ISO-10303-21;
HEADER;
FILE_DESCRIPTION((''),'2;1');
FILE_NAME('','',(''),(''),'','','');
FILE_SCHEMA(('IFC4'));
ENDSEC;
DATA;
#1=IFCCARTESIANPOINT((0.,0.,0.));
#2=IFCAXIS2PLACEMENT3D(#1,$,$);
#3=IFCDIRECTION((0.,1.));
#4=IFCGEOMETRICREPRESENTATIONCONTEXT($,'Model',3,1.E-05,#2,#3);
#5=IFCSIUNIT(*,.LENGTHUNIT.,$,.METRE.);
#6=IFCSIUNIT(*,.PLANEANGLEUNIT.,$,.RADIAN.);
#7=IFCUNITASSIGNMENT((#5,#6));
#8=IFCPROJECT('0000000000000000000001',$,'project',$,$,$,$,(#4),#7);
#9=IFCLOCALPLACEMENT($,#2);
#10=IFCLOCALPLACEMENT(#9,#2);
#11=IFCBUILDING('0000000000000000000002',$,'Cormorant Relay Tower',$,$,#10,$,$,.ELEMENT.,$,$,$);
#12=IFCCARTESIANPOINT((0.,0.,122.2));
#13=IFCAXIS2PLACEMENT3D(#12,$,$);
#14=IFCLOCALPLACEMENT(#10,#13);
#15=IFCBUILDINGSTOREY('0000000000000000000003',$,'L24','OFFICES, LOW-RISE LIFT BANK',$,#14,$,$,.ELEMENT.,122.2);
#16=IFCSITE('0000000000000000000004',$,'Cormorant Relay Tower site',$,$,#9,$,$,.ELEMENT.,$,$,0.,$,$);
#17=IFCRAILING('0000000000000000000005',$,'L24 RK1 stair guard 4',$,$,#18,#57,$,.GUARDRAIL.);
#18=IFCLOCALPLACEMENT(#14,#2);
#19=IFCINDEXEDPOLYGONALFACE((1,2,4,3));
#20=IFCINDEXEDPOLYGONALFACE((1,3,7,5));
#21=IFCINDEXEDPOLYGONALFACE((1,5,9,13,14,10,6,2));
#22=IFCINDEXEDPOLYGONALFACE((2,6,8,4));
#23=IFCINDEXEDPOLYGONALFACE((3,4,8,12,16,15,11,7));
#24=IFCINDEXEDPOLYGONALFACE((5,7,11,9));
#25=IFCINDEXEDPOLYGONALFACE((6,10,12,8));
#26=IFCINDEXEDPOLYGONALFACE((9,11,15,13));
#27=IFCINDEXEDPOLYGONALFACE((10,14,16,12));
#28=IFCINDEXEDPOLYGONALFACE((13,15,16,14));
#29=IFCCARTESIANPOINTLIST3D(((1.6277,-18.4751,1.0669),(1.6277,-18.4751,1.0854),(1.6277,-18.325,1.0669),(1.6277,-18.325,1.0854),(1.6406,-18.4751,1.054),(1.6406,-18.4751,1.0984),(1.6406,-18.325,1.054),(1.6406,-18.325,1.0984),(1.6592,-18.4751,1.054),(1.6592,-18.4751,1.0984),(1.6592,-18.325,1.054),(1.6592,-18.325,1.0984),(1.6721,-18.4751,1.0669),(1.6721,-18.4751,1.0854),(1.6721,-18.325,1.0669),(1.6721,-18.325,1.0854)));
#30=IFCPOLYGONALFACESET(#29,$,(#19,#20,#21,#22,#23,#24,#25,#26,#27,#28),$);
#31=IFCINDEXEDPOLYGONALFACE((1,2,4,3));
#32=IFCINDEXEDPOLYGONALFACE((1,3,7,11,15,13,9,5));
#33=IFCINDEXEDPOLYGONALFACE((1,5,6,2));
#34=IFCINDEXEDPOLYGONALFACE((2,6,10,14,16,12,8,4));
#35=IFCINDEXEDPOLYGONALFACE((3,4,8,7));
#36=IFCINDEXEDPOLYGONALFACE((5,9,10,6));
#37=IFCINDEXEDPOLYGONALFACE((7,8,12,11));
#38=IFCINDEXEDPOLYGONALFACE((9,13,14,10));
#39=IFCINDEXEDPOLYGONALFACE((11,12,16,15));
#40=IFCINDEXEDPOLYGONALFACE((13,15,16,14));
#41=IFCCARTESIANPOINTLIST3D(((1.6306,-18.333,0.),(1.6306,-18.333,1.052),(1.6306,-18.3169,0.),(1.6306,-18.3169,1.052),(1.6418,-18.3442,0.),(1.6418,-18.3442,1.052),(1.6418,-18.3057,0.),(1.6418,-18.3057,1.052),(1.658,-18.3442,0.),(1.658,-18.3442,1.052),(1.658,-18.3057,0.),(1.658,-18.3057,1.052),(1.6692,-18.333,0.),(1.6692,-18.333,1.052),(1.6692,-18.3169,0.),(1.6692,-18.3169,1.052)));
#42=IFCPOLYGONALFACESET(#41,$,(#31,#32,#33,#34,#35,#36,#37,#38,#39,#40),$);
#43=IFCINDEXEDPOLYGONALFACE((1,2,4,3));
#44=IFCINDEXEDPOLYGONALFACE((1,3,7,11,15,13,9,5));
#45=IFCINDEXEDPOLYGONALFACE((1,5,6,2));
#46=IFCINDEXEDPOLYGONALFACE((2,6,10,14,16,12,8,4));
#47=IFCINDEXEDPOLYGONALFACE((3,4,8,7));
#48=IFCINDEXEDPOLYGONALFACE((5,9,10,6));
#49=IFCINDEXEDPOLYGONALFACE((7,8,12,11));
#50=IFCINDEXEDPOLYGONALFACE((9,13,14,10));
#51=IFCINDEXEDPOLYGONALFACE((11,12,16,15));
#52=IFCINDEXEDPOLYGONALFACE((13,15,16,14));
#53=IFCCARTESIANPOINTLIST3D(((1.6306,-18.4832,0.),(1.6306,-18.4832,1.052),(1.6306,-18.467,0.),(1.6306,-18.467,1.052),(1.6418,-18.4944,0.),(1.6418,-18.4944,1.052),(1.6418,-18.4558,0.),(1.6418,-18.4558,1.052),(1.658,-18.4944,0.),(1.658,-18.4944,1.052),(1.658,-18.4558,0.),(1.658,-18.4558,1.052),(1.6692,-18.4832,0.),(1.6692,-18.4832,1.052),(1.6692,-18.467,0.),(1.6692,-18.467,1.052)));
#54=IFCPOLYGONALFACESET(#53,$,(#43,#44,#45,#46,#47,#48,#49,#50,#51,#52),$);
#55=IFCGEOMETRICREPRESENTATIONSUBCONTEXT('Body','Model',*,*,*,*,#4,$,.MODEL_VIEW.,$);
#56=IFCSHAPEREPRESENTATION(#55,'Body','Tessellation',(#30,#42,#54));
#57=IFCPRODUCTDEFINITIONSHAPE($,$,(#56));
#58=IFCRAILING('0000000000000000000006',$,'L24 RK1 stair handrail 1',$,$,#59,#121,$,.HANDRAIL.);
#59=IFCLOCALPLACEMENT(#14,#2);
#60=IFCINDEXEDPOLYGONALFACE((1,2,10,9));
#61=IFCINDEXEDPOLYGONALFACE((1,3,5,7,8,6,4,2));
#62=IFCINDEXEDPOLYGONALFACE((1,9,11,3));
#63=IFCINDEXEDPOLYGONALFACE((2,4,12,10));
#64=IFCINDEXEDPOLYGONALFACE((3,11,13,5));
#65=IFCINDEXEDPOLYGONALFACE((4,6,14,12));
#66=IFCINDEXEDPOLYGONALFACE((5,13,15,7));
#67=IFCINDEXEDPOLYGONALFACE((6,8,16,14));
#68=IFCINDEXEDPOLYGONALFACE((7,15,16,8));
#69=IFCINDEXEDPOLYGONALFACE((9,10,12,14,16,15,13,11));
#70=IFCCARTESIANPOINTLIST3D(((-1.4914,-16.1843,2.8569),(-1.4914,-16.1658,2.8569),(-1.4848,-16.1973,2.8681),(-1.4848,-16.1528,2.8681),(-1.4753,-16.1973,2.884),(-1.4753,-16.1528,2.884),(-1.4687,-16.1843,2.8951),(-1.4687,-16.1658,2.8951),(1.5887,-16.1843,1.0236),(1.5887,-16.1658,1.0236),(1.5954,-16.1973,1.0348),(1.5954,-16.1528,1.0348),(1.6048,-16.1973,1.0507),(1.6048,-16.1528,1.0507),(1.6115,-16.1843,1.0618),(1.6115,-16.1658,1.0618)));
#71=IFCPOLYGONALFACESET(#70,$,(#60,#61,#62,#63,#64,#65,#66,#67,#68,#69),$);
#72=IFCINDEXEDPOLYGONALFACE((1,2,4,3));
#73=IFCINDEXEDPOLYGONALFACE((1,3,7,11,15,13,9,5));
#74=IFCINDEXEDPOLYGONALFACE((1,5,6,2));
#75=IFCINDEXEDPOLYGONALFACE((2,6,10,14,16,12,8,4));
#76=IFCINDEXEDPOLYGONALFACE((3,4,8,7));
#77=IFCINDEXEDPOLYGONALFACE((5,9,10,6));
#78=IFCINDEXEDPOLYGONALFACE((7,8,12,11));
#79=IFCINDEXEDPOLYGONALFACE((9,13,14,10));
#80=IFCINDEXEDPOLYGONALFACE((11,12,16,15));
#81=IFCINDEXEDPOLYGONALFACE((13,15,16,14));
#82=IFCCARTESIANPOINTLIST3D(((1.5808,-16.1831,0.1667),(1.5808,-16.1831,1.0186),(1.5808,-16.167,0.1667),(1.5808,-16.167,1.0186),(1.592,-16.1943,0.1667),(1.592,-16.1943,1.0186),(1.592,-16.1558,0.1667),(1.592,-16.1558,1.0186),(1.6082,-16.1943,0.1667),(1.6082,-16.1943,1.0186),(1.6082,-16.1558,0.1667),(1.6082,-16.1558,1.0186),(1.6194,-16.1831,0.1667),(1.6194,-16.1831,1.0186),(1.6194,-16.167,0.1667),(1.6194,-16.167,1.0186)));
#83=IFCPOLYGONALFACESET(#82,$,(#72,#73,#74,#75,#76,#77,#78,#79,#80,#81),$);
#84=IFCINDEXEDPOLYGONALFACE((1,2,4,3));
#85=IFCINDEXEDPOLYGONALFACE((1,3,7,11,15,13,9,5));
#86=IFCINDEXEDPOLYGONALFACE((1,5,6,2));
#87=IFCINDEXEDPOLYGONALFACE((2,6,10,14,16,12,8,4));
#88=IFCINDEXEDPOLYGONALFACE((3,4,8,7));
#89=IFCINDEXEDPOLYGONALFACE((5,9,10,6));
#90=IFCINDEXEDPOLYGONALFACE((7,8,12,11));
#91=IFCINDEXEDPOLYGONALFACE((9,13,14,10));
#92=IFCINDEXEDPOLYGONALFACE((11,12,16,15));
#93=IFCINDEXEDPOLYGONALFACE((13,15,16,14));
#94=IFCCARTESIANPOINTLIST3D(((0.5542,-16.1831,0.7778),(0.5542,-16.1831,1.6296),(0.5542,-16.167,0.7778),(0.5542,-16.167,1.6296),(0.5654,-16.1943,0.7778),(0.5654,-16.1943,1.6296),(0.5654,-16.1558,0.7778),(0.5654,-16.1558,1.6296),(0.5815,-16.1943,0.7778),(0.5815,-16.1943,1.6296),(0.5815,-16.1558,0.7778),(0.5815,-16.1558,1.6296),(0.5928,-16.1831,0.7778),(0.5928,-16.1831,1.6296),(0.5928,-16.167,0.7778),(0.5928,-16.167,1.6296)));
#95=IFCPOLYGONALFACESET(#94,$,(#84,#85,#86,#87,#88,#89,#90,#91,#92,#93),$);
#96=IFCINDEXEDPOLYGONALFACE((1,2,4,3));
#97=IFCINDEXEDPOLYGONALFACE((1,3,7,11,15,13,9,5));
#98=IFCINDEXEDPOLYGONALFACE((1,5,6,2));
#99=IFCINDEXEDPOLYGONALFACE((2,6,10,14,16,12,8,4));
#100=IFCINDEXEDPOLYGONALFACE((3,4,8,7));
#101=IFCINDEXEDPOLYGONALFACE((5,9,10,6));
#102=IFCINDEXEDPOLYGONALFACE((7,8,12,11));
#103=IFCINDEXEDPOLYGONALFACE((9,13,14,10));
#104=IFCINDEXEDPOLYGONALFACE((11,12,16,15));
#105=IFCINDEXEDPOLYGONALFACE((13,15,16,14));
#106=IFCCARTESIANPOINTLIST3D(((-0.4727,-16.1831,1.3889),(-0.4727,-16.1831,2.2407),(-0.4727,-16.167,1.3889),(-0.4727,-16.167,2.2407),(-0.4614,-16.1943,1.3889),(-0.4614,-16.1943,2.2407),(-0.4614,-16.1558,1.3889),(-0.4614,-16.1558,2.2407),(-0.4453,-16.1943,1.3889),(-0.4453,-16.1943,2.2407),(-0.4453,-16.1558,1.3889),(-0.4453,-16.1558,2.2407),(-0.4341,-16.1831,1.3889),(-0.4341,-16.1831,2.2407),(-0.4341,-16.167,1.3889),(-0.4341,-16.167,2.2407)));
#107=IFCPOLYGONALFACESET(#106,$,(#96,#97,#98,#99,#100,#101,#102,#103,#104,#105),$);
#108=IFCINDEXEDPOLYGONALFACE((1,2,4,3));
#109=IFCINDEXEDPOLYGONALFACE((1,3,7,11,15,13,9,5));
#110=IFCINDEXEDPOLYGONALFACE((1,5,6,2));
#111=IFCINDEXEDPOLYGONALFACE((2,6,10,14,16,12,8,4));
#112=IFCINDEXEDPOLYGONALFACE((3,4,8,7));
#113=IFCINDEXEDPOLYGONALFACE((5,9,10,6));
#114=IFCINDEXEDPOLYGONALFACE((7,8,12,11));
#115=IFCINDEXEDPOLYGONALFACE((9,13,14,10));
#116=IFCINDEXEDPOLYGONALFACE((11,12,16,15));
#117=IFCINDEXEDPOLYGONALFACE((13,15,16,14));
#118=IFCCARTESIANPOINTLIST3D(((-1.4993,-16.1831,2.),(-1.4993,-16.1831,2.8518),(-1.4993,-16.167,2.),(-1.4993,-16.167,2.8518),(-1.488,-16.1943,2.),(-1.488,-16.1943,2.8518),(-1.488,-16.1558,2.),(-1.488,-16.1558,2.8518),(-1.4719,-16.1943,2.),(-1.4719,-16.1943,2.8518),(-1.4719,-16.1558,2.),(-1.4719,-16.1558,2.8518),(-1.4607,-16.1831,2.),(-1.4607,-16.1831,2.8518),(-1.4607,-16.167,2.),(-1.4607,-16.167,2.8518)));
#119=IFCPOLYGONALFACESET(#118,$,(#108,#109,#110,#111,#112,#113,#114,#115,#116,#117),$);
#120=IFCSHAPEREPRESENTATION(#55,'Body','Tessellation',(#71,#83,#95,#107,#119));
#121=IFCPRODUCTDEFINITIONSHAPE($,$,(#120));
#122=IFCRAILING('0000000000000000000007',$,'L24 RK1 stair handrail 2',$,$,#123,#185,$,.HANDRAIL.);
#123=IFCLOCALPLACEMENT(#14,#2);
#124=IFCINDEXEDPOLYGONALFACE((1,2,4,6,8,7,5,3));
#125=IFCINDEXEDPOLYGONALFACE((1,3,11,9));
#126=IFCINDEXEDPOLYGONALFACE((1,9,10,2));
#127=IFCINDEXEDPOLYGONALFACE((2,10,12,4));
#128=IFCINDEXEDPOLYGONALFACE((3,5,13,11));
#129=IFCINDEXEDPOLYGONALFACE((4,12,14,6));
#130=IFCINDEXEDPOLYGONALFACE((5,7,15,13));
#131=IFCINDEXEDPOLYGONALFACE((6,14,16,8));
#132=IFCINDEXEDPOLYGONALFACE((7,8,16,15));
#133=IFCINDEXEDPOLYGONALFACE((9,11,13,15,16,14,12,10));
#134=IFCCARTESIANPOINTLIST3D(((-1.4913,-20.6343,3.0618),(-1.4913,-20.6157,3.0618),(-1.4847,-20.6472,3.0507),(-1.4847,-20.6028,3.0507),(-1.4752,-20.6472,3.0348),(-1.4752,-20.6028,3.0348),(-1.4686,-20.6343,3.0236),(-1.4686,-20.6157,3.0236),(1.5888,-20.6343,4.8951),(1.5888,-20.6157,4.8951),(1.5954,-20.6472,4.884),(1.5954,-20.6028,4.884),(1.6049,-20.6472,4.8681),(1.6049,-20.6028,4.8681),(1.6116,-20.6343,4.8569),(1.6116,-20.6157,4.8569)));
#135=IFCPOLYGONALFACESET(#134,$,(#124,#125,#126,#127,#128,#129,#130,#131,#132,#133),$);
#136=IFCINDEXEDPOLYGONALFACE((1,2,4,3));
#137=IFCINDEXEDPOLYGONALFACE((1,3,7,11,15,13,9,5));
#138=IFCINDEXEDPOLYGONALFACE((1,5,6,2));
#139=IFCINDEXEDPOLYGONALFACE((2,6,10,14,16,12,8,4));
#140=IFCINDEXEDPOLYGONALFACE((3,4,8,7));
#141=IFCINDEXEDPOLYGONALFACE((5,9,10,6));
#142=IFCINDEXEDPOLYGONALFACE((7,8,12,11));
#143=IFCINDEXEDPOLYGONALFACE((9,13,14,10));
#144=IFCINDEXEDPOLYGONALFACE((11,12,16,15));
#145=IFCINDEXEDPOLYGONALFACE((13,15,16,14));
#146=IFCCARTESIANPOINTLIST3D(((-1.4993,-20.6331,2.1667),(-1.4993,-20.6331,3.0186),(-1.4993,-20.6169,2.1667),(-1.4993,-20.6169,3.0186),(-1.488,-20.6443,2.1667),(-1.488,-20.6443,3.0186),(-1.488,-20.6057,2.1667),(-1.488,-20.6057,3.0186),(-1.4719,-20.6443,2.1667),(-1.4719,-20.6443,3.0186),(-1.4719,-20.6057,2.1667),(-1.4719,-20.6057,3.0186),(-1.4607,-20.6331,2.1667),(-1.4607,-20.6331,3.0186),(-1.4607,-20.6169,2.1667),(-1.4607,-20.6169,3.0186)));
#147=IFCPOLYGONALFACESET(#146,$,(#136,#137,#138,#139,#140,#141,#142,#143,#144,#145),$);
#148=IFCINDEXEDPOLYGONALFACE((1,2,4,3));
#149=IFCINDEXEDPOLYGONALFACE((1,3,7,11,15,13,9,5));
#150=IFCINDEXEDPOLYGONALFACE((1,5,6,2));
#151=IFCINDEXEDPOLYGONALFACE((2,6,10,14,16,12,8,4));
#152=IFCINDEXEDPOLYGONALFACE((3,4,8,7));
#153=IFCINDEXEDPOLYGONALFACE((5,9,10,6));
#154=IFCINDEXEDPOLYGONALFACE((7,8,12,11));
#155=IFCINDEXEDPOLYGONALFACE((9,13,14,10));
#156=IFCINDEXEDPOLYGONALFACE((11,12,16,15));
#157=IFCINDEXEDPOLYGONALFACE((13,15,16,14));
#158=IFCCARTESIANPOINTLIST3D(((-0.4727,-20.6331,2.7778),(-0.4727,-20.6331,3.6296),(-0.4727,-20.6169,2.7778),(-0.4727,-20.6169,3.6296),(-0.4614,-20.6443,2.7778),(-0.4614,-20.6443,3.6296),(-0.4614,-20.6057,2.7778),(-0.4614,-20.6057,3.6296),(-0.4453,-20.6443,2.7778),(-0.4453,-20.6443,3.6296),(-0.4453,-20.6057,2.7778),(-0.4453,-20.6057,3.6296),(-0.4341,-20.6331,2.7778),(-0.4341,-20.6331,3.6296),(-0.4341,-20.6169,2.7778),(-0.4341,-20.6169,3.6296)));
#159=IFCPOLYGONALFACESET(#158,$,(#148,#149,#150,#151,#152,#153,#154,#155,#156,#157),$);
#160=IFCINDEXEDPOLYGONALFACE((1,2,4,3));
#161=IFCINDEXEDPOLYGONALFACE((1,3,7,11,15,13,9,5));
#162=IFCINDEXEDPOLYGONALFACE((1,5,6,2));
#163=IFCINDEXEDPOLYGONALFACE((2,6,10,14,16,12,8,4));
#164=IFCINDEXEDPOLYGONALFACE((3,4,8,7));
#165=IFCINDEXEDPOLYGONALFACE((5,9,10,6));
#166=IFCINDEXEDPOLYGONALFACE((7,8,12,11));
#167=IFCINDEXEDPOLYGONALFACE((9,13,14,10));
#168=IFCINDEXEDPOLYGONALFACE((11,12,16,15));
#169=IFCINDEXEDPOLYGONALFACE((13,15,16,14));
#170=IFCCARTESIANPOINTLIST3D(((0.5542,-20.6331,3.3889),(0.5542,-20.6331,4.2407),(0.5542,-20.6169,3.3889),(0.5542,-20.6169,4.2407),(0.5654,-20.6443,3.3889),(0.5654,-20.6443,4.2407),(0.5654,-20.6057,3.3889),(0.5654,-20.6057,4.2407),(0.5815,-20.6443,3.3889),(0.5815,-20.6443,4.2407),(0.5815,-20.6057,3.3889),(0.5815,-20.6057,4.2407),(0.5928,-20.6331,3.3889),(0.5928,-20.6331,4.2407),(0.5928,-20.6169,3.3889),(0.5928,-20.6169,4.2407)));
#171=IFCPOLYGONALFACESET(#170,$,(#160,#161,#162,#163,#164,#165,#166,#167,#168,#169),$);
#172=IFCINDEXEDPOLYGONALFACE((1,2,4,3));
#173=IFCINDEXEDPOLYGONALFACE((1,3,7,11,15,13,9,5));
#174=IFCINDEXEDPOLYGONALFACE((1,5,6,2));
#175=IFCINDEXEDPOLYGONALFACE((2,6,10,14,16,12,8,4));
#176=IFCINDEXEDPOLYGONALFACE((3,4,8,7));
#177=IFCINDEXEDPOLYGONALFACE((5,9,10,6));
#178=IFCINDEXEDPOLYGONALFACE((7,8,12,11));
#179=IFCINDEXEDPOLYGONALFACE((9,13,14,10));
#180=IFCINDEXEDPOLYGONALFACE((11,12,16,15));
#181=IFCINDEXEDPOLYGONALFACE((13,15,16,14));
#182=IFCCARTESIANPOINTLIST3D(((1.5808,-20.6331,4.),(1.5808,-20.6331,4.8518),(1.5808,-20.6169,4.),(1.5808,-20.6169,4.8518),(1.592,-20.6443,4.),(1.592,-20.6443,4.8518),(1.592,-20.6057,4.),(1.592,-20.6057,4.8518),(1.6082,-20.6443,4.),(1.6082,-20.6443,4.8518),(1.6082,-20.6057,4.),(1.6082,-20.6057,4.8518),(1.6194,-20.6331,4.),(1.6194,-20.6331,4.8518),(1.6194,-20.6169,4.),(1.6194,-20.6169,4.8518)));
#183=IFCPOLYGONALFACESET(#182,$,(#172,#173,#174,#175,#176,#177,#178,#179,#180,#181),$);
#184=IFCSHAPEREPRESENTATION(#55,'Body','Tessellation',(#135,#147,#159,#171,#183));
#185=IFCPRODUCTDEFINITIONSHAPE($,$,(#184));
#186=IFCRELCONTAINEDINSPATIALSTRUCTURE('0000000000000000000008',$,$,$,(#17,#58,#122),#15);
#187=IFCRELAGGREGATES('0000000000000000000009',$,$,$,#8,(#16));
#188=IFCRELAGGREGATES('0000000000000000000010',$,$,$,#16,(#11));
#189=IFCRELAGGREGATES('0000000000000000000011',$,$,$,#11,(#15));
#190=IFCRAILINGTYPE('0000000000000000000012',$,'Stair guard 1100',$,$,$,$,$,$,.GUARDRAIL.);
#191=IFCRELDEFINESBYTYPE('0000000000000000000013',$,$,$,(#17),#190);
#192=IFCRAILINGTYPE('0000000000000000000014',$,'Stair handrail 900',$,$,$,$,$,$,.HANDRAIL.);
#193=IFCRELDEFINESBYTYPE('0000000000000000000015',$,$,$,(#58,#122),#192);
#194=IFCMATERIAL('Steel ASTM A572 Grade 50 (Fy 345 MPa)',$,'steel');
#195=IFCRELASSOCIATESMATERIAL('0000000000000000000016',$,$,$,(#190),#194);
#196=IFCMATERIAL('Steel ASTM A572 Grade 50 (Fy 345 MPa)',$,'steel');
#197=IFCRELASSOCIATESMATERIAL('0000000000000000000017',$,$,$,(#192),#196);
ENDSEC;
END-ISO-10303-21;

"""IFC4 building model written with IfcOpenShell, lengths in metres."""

from ifc_helpers import new_model, si_unit, direction, frame, origin, place, context, subcontext, project, spatial, polyline, outline, extrude, material, type_object, element, save


model = new_model("IFC4")

# Units and contexts
model_context = context("Model", 3, precision=1e-05, world=origin(), true_north=direction((0.0, 1.0)))
body_context = subcontext(model_context, "Body", "Model", "MODEL_VIEW")
ifc_project = project(units=[si_unit("LENGTHUNIT", "METRE"), si_unit("PLANEANGLEUNIT", "RADIAN")], contexts=[model_context])

# Site, building, storey
site_placement = place(None, origin())
site = spatial("IfcSite", under=ifc_project, at=site_placement, Name="Cormorant Relay Tower site", CompositionType="ELEMENT", RefElevation=0.0)
building_placement = place(site_placement, origin())
building = spatial("IfcBuilding", under=site, at=building_placement, Name="Cormorant Relay Tower", CompositionType="ELEMENT")
storey_placement = place(building_placement, frame((0.0, 0.0, 122.2)))
storey = spatial("IfcBuildingStorey", under=building, at=storey_placement, Name="L24", Description="OFFICES, LOW-RISE LIFT BANK", CompositionType="ELEMENT", Elevation=122.2)

# Railings
ifc_material_1 = material(Name="Steel ASTM A572 Grade 50 (Fy 345 MPa)", Category="steel")
railing_type_1 = type_object("IfcRailingType", Name="Stair guard 1100", PredefinedType="GUARDRAIL", material=ifc_material_1)
railing_1_placement = place(storey_placement, frame((1.6499, -18.325, 0.0)))
element("IfcRailing", 1, at=railing_1_placement, inside=storey, type_object=railing_type_1, Name="L24 RK1 stair guard 4", PredefinedType="GUARDRAIL", context=body_context, shape_type="SweptSolid", body=[
    extrude(outline(polyline([(0.0222, 0.0093), (0.0093, 0.0222), (-0.0093, 0.0222), (-0.0222, 0.0093), (-0.0222, -0.0093), (-0.0093, -0.0222), (0.0093, -0.0222), (0.0222, -0.0093), (0.0222, 0.0093)])), frame((0.0, 0.0, 1.0762), z_axis=(0.0, -1.0, 0.0), x_axis=(1.0, 0.0, 0.0)), (0.0, 0.0, 1.0), 0.1501),
    extrude(outline(polyline([(0.0193, 0.0081), (0.0081, 0.0193), (-0.0081, 0.0193), (-0.0193, 0.0081), (-0.0193, -0.0081), (-0.0081, -0.0193), (0.0081, -0.0193), (0.0193, -0.0081), (0.0193, 0.0081)])), origin(), (0.0, 0.0, 1.0), 1.052),
    extrude(outline(polyline([(0.0193, 0.0081), (0.0081, 0.0193), (-0.0081, 0.0193), (-0.0193, 0.0081), (-0.0193, -0.0081), (-0.0081, -0.0193), (0.0081, -0.0193), (0.0193, -0.0081), (0.0193, 0.0081)])), frame((0.0, -0.1501, 0.0)), (0.0, 0.0, 1.0), 1.052),
])
ifc_material_2 = material(Name="Steel ASTM A572 Grade 50 (Fy 345 MPa)", Category="steel")
railing_type_2 = type_object("IfcRailingType", Name="Stair handrail 900", PredefinedType="HANDRAIL", material=ifc_material_2)
railing_2_placement = place(storey_placement, frame((1.6001, -16.175, 0.1667)))
element("IfcRailing", 2, at=railing_2_placement, inside=storey, type_object=railing_type_2, Name="L24 RK1 stair handrail 1", PredefinedType="HANDRAIL", context=body_context, shape_type="SweptSolid", body=[
    extrude(outline(polyline([(0.0222, 0.0093), (0.0093, 0.0222), (-0.0093, 0.0222), (-0.0222, 0.0093), (-0.0222, -0.0093), (-0.0093, -0.0222), (0.0093, -0.0222), (0.0222, -0.0093), (0.0222, 0.0093)])), frame((0.0, 0.0, 0.876), z_axis=(-0.859309, 0.0, 0.511458), x_axis=(0.0, -1.0, 0.0)), (0.0, 0.0, 1.0), 3.5845),
    extrude(outline(polyline([(0.0193, 0.0081), (0.0081, 0.0193), (-0.0081, 0.0193), (-0.0193, 0.0081), (-0.0193, -0.0081), (-0.0081, -0.0193), (0.0081, -0.0193), (0.0193, -0.0081), (0.0193, 0.0081)])), origin(), (0.0, 0.0, 1.0), 0.8518),
    extrude(outline(polyline([(0.0193, 0.0081), (0.0081, 0.0193), (-0.0081, 0.0193), (-0.0193, 0.0081), (-0.0193, -0.0081), (-0.0081, -0.0193), (0.0081, -0.0193), (0.0193, -0.0081), (0.0193, 0.0081)])), frame((-1.0266, 0.0, 0.6111)), (0.0, 0.0, 1.0), 0.8518),
    extrude(outline(polyline([(0.0193, 0.0081), (0.0081, 0.0193), (-0.0081, 0.0193), (-0.0193, 0.0081), (-0.0193, -0.0081), (-0.0081, -0.0193), (0.0081, -0.0193), (0.0193, -0.0081), (0.0193, 0.0081)])), frame((-2.0535, 0.0, 1.2222)), (0.0, 0.0, 1.0), 0.8518),
    extrude(outline(polyline([(0.0193, 0.0081), (0.0081, 0.0193), (-0.0081, 0.0193), (-0.0193, 0.0081), (-0.0193, -0.0081), (-0.0081, -0.0193), (0.0081, -0.0193), (0.0193, -0.0081), (0.0193, 0.0081)])), frame((-3.0801, 0.0, 1.8333)), (0.0, 0.0, 1.0), 0.8518),
])
railing_3_placement = place(storey_placement, frame((-1.48, -20.625, 2.1667)))
element("IfcRailing", 3, at=railing_3_placement, inside=storey, type_object=railing_type_2, Name="L24 RK1 stair handrail 2", PredefinedType="HANDRAIL", context=body_context, shape_type="SweptSolid", body=[
    extrude(outline(polyline([(0.0222, 0.0093), (0.0093, 0.0222), (-0.0093, 0.0222), (-0.0222, 0.0093), (-0.0222, -0.0093), (-0.0093, -0.0222), (0.0093, -0.0222), (0.0222, -0.0093), (0.0222, 0.0093)])), frame((0.0, 0.0, 0.876), z_axis=(0.859309, 0.0, 0.511458), x_axis=(0.0, 1.0, 0.0)), (0.0, 0.0, 1.0), 3.5845),
    extrude(outline(polyline([(0.0193, 0.0081), (0.0081, 0.0193), (-0.0081, 0.0193), (-0.0193, 0.0081), (-0.0193, -0.0081), (-0.0081, -0.0193), (0.0081, -0.0193), (0.0193, -0.0081), (0.0193, 0.0081)])), origin(), (0.0, 0.0, 1.0), 0.8518),
    extrude(outline(polyline([(0.0193, 0.0081), (0.0081, 0.0193), (-0.0081, 0.0193), (-0.0193, 0.0081), (-0.0193, -0.0081), (-0.0081, -0.0193), (0.0081, -0.0193), (0.0193, -0.0081), (0.0193, 0.0081)])), frame((1.0266, 0.0, 0.6111)), (0.0, 0.0, 1.0), 0.8518),
    extrude(outline(polyline([(0.0193, 0.0081), (0.0081, 0.0193), (-0.0081, 0.0193), (-0.0193, 0.0081), (-0.0193, -0.0081), (-0.0081, -0.0193), (0.0081, -0.0193), (0.0193, -0.0081), (0.0193, 0.0081)])), frame((2.0535, 0.0, 1.2222)), (0.0, 0.0, 1.0), 0.8518),
    extrude(outline(polyline([(0.0193, 0.0081), (0.0081, 0.0193), (-0.0081, 0.0193), (-0.0193, 0.0081), (-0.0193, -0.0081), (-0.0081, -0.0193), (0.0081, -0.0193), (0.0193, -0.0081), (0.0193, 0.0081)])), frame((3.0801, 0.0, 1.8333)), (0.0, 0.0, 1.0), 0.8518),
])

save(model, "model.ifc")
